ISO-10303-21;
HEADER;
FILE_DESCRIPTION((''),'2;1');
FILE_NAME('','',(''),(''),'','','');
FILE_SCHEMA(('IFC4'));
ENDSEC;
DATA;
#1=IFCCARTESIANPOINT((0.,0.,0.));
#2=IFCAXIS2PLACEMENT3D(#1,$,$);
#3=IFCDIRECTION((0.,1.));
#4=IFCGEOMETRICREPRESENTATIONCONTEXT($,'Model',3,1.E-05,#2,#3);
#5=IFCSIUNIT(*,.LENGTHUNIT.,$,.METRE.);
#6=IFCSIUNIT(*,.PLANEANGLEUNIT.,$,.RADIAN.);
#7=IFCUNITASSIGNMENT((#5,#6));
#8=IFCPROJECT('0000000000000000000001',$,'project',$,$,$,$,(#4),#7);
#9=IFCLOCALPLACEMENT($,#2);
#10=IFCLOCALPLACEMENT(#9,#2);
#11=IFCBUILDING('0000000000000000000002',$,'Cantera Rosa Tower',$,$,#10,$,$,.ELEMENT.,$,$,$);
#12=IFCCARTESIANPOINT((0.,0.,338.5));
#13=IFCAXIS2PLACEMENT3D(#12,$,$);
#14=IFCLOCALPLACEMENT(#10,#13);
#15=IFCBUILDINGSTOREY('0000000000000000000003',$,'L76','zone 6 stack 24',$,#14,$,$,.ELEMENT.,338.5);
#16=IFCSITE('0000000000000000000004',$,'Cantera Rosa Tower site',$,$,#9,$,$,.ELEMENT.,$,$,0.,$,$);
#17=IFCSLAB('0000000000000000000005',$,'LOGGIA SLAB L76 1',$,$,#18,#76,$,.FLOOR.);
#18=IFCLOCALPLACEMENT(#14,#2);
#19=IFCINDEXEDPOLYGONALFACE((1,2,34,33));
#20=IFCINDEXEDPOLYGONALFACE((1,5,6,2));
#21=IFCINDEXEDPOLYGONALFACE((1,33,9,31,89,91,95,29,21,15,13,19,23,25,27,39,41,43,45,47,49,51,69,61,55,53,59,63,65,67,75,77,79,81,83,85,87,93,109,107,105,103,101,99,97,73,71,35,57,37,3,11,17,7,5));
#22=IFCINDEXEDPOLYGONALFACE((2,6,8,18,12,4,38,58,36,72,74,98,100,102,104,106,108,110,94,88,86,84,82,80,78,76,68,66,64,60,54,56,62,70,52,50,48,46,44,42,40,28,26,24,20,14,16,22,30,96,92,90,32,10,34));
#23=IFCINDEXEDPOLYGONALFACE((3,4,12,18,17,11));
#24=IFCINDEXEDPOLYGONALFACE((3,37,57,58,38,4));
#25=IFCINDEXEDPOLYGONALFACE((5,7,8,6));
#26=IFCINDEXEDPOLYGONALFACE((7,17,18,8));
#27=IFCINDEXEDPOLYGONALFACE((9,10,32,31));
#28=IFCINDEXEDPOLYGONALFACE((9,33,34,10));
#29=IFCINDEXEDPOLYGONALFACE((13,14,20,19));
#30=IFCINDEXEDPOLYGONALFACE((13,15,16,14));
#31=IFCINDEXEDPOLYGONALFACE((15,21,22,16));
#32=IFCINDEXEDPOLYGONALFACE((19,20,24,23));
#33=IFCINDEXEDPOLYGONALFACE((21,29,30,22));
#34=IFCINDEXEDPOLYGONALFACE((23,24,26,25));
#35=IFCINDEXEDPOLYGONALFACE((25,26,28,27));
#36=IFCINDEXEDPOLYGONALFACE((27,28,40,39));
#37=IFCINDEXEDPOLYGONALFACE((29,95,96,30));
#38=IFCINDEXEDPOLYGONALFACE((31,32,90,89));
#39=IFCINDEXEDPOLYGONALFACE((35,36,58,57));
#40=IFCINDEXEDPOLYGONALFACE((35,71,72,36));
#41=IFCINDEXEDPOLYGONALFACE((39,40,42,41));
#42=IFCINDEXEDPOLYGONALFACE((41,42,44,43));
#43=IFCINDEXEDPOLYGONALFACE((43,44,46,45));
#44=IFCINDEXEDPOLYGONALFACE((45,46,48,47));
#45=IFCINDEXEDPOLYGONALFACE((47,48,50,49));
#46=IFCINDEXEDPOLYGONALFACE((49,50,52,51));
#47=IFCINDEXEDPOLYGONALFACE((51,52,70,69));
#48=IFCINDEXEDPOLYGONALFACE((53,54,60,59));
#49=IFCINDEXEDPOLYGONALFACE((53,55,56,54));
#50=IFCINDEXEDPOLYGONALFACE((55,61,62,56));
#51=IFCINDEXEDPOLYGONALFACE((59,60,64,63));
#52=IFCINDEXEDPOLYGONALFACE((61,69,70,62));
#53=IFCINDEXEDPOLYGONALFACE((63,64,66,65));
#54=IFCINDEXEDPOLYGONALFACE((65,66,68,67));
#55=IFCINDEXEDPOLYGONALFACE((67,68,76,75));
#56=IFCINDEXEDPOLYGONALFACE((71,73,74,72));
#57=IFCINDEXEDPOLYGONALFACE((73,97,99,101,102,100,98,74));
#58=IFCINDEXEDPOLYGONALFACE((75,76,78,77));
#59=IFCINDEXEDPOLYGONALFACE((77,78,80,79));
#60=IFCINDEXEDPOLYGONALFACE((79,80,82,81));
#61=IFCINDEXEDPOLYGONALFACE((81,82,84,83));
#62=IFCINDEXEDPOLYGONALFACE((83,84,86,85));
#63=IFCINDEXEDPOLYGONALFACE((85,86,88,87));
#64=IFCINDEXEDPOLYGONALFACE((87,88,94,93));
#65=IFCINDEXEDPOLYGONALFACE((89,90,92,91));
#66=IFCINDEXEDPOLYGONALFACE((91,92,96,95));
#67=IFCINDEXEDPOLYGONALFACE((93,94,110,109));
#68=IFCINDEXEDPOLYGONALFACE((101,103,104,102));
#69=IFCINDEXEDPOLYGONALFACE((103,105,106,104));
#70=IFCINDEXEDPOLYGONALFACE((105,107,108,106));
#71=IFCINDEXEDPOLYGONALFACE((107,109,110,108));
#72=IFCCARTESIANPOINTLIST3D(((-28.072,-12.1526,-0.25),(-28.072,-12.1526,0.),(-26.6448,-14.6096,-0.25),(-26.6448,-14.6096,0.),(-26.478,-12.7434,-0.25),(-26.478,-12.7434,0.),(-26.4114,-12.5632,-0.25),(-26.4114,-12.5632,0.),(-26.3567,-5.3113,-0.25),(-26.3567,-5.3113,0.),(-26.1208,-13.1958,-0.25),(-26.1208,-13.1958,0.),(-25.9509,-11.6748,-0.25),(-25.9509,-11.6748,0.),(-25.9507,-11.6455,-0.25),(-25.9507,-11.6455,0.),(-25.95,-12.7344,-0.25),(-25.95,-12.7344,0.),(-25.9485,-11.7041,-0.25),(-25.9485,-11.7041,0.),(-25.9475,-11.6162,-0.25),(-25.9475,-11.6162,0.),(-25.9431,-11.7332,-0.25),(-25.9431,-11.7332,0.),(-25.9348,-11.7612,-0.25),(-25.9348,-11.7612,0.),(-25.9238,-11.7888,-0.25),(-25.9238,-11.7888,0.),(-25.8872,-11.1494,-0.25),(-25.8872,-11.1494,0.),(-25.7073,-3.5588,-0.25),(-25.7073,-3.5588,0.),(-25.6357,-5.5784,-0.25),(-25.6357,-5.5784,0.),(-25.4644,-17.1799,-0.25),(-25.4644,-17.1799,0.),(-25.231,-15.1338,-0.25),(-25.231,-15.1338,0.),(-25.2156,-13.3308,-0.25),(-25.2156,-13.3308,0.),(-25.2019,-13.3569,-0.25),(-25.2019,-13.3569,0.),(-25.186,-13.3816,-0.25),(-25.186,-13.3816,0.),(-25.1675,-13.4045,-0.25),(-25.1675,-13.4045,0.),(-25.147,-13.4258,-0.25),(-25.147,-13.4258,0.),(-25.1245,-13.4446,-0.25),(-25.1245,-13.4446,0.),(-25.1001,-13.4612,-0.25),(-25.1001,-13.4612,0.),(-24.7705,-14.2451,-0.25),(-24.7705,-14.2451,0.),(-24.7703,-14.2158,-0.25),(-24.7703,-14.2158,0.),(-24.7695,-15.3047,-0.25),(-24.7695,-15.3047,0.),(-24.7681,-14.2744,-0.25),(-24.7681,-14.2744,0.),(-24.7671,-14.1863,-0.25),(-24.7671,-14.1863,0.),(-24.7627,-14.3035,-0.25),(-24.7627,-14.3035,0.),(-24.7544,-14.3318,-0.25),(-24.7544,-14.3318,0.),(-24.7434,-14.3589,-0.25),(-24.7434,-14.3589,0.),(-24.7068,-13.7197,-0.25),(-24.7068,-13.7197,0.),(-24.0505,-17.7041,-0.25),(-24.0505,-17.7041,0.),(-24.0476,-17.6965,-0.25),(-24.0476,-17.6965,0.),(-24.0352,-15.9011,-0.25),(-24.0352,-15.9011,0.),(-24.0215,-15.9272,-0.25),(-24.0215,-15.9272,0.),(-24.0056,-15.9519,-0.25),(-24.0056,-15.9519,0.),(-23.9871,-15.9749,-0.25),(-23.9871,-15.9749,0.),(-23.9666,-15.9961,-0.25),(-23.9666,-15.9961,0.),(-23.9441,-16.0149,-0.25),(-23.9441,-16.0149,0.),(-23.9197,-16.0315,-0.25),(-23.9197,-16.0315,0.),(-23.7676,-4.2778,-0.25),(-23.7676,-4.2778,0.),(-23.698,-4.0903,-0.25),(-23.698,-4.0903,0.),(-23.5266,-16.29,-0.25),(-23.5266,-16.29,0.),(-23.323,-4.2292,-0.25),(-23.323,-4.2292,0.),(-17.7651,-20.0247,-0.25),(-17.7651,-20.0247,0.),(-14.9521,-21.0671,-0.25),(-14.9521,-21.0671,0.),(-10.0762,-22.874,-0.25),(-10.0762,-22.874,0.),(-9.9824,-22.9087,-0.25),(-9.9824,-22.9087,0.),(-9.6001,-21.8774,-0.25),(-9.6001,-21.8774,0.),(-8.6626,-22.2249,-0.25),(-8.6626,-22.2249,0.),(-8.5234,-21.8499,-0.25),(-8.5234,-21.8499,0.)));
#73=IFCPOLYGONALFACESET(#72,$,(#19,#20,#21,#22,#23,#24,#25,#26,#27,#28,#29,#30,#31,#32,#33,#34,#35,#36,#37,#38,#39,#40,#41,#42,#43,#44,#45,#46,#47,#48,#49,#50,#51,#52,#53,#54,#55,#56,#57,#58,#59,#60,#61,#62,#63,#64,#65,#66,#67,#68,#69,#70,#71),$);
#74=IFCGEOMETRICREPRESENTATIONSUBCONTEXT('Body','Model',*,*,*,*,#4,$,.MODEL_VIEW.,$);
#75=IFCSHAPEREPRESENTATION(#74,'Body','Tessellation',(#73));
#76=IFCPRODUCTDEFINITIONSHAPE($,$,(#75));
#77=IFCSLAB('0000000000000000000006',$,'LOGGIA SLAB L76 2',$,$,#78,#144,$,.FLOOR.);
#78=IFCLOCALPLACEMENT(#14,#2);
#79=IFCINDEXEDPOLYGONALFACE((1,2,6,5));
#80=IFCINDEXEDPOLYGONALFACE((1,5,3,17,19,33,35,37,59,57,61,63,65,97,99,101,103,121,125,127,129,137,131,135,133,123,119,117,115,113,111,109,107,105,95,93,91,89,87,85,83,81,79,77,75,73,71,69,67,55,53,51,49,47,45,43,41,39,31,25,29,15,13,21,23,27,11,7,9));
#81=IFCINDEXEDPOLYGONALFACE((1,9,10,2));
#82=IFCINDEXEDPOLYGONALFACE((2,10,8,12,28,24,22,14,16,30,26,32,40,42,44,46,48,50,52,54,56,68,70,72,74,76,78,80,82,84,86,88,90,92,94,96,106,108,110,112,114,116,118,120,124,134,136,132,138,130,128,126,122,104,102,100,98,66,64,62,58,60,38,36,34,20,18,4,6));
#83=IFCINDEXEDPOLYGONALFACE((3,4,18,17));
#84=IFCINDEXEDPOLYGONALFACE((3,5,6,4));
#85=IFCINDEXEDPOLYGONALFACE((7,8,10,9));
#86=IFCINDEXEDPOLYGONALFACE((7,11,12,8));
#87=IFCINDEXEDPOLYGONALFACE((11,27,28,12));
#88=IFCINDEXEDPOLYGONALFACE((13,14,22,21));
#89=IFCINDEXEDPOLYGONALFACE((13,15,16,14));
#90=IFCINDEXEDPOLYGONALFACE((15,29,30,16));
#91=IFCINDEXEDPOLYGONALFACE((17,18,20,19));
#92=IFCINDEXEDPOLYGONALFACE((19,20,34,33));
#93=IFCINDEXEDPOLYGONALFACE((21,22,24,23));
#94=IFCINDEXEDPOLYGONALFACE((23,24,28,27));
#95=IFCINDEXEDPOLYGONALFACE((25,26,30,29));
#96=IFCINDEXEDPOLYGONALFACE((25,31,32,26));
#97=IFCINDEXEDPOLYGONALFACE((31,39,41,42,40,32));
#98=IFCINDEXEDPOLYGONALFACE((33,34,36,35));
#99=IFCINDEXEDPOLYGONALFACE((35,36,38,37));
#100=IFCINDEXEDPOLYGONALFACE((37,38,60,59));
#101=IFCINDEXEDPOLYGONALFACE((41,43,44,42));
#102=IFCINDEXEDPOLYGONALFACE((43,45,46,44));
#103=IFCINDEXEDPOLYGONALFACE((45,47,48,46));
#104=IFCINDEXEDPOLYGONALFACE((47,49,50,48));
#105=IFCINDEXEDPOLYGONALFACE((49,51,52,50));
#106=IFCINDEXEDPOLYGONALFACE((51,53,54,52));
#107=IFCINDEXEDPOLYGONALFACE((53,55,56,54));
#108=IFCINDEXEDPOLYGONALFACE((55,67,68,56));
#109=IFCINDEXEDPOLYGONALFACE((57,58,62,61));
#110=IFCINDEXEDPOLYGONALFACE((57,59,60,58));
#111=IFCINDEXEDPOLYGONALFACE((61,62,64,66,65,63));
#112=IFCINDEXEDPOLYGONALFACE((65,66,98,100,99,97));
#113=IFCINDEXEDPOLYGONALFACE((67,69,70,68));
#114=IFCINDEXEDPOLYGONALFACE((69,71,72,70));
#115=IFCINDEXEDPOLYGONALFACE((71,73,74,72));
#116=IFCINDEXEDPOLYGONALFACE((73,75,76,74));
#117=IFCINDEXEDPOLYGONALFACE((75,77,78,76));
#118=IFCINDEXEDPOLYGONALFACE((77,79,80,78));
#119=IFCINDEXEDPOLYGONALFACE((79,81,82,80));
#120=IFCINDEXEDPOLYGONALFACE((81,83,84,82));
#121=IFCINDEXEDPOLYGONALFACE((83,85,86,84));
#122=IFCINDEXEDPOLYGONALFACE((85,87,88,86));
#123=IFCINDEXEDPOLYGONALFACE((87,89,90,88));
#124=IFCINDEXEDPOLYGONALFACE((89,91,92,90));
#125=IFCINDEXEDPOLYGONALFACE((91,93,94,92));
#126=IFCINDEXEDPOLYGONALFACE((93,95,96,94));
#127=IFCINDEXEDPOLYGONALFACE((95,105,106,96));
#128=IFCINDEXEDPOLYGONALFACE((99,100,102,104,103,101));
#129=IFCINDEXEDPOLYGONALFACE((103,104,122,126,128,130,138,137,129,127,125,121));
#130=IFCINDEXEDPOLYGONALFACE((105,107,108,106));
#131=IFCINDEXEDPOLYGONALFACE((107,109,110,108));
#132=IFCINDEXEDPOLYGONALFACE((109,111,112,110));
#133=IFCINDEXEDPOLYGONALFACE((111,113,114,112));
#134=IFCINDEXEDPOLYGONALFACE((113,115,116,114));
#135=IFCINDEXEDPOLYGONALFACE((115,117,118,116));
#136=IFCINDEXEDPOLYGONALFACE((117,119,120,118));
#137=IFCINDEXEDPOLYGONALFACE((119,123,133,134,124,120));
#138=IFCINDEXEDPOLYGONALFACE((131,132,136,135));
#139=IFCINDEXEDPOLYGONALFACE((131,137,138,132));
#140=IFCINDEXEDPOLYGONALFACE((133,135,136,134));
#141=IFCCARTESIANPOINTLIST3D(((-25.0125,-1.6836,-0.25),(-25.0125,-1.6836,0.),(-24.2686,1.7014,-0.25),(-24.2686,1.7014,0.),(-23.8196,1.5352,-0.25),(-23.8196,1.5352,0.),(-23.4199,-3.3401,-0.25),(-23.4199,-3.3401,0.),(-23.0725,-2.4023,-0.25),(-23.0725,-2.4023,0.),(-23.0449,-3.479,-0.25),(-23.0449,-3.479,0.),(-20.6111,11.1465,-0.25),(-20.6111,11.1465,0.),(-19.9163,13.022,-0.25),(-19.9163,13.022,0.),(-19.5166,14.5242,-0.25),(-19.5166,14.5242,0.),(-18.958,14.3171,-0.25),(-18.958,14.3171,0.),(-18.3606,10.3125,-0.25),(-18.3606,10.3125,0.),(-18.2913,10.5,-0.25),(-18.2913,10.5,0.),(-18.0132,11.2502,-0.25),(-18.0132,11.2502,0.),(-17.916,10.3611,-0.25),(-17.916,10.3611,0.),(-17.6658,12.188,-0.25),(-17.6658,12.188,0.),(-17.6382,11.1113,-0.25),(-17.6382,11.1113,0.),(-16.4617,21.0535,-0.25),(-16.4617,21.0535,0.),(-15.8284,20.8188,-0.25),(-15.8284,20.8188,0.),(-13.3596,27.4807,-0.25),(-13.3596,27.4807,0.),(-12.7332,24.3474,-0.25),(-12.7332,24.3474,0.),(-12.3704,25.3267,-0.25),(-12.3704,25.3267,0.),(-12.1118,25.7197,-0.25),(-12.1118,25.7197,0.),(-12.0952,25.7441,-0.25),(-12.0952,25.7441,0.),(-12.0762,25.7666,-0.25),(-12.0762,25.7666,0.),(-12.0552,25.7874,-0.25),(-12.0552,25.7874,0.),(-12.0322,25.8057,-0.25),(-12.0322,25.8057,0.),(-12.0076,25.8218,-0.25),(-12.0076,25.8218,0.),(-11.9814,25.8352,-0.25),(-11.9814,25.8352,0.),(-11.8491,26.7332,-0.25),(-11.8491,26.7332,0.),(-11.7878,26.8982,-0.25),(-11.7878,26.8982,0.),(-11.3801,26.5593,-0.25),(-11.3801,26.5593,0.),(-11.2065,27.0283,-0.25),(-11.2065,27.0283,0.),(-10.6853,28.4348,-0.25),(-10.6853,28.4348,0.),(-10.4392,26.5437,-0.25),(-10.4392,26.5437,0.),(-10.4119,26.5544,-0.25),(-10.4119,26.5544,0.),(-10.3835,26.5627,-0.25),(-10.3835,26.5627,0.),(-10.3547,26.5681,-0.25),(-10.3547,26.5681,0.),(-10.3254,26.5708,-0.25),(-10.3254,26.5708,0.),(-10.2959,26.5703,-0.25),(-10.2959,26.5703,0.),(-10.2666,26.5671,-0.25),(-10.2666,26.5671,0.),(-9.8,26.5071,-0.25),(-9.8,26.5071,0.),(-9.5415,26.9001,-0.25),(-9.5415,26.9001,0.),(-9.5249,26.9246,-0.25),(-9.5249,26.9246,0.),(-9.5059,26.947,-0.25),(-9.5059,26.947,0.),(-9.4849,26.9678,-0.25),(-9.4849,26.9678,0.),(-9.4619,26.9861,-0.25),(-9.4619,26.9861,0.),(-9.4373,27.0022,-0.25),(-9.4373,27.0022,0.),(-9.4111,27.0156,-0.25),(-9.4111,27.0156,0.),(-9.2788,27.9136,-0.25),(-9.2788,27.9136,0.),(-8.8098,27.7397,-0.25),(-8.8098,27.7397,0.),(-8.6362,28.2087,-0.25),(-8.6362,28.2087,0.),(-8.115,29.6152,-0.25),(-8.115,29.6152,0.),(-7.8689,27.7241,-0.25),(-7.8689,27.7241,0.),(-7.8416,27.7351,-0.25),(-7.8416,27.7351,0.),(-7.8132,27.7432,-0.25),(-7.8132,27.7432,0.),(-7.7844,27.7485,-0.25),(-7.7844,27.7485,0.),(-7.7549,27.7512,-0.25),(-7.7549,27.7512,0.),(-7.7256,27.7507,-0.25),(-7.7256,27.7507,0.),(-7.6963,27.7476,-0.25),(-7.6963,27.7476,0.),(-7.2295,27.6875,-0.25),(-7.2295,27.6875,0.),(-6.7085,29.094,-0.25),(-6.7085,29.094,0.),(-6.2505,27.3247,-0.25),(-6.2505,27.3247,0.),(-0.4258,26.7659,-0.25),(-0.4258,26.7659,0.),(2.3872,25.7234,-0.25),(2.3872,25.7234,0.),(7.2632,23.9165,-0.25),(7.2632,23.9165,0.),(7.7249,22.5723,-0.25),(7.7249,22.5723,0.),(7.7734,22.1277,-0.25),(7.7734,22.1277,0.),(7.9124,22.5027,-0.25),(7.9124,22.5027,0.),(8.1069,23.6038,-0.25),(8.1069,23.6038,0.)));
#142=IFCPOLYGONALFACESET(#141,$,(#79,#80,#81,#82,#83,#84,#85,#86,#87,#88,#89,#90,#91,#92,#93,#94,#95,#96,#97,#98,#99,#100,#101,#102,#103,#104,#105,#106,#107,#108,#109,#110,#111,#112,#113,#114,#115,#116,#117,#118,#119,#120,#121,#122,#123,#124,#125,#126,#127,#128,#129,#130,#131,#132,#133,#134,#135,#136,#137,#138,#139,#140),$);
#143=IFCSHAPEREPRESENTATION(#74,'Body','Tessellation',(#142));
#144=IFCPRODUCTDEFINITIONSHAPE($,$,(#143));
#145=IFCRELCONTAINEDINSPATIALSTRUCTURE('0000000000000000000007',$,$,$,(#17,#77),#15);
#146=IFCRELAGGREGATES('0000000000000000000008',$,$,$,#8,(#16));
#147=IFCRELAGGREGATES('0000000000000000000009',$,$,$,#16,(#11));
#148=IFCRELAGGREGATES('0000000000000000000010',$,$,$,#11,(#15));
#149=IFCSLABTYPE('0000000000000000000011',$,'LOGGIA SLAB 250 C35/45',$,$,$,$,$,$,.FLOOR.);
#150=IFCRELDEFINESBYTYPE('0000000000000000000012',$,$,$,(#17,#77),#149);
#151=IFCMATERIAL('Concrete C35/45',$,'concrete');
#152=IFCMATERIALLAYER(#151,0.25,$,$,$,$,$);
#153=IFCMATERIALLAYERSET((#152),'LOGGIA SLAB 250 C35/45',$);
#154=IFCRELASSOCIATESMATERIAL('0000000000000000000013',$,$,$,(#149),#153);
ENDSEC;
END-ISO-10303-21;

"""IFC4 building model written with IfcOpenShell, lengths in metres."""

from ifc_helpers import new_model, si_unit, direction, frame, origin, place, context, subcontext, project, spatial, polyline, outline, extrude, material, layer, layer_set, type_object, element, save


model = new_model("IFC4")

# Units and contexts
model_context = context("Model", 3, precision=1e-05, world=origin(), true_north=direction((0.0, 1.0)))
body_context = subcontext(model_context, "Body", "Model", "MODEL_VIEW")
ifc_project = project(units=[si_unit("LENGTHUNIT", "METRE"), si_unit("PLANEANGLEUNIT", "RADIAN")], contexts=[model_context])

# Site, building, storey
site_placement = place(None, origin())
site = spatial("IfcSite", under=ifc_project, at=site_placement, Name="Cantera Rosa Tower site", CompositionType="ELEMENT", RefElevation=0.0)
building_placement = place(site_placement, origin())
building = spatial("IfcBuilding", under=site, at=building_placement, Name="Cantera Rosa Tower", CompositionType="ELEMENT")
storey_placement = place(building_placement, frame((0.0, 0.0, 338.5)))
storey = spatial("IfcBuildingStorey", under=building, at=storey_placement, Name="L76", Description="zone 6 stack 24", CompositionType="ELEMENT", Elevation=338.5)

# Slabs
ifc_material_1 = material(Name="Concrete C35/45", Category="concrete")
ifc_layer_1 = layer(ifc_material_1, 0.25)
ifc_layer_set_1 = layer_set([ifc_layer_1], Name="LOGGIA SLAB 250 C35/45")
slab_type_1 = type_object("IfcSlabType", Name="LOGGIA SLAB 250 C35/45", PredefinedType="FLOOR", material=ifc_layer_set_1)
slab_1_placement = place(storey_placement, frame((0.0, 0.0, -0.25)))
element("IfcSlab", 1, at=slab_1_placement, inside=storey, type_object=slab_type_1, Name="LOGGIA SLAB L76 1", PredefinedType="FLOOR", context=body_context, shape_type="SweptSolid", body=[
    extrude(outline(polyline([(-24.0505, -17.7041), (-25.4644, -17.1799), (-24.7695, -15.3047), (-25.231, -15.1338), (-26.6448, -14.6096), (-26.1208, -13.1958), (-25.95, -12.7344), (-26.4114, -12.5632), (-26.478, -12.7434), (-28.072, -12.1526), (-25.6357, -5.5784), (-26.3567, -5.3113), (-25.7073, -3.5588), (-23.7676, -4.2778), (-23.698, -4.0903), (-23.323, -4.2292), (-25.8872, -11.1494), (-25.9475, -11.6162), (-25.9507, -11.6455), (-25.9509, -11.6748), (-25.9485, -11.7041), (-25.9431, -11.7332), (-25.9348, -11.7612), (-25.9238, -11.7888), (-25.2156, -13.3308), (-25.2019, -13.3569), (-25.186, -13.3816), (-25.1675, -13.4045), (-25.147, -13.4258), (-25.1245, -13.4446), (-25.1001, -13.4612), (-24.7068, -13.7197), (-24.7671, -14.1863), (-24.7703, -14.2158), (-24.7705, -14.2451), (-24.7681, -14.2744), (-24.7627, -14.3035), (-24.7544, -14.3318), (-24.7434, -14.3589), (-24.0352, -15.9011), (-24.0215, -15.9272), (-24.0056, -15.9519), (-23.9871, -15.9749), (-23.9666, -15.9961), (-23.9441, -16.0149), (-23.9197, -16.0315), (-23.5266, -16.29), (-8.5234, -21.8499), (-8.6626, -22.2249), (-9.6001, -21.8774), (-9.9824, -22.9087), (-10.0762, -22.874), (-14.9521, -21.0671), (-17.7651, -20.0247), (-24.0476, -17.6965), (-24.0505, -17.7041)])), origin(), (0.0, 0.0, 1.0), 0.25),
])
slab_2_placement = place(storey_placement, frame((0.0, 0.0, -0.25)))
element("IfcSlab", 2, at=slab_2_placement, inside=storey, type_object=slab_type_1, Name="LOGGIA SLAB L76 2", PredefinedType="FLOOR", context=body_context, shape_type="SweptSolid", body=[
    extrude(outline(polyline([(-15.8284, 20.8188), (-13.3596, 27.4807), (-11.7878, 26.8982), (-11.8491, 26.7332), (-11.3801, 26.5593), (-11.2065, 27.0283), (-10.6853, 28.4348), (-9.2788, 27.9136), (-8.8098, 27.7397), (-8.6362, 28.2087), (-8.115, 29.6152), (-6.7085, 29.094), (-0.4258, 26.7659), (2.3872, 25.7234), (7.2632, 23.9165), (8.1069, 23.6038), (7.7249, 22.5723), (7.9124, 22.5027), (7.7734, 22.1277), (-6.2505, 27.3247), (-7.2295, 27.6875), (-7.6963, 27.7476), (-7.7256, 27.7507), (-7.7549, 27.7512), (-7.7844, 27.7485), (-7.8132, 27.7432), (-7.8416, 27.7351), (-7.8689, 27.7241), (-9.4111, 27.0156), (-9.4373, 27.0022), (-9.4619, 26.9861), (-9.4849, 26.9678), (-9.5059, 26.947), (-9.5249, 26.9246), (-9.5415, 26.9001), (-9.8, 26.5071), (-10.2666, 26.5671), (-10.2959, 26.5703), (-10.3254, 26.5708), (-10.3547, 26.5681), (-10.3835, 26.5627), (-10.4119, 26.5544), (-10.4392, 26.5437), (-11.9814, 25.8352), (-12.0076, 25.8218), (-12.0322, 25.8057), (-12.0552, 25.7874), (-12.0762, 25.7666), (-12.0952, 25.7441), (-12.1118, 25.7197), (-12.3704, 25.3267), (-12.7332, 24.3474), (-17.6382, 11.1113), (-18.0132, 11.2502), (-17.6658, 12.188), (-19.9163, 13.022), (-20.6111, 11.1465), (-18.3606, 10.3125), (-18.2913, 10.5), (-17.916, 10.3611), (-23.0449, -3.479), (-23.4199, -3.3401), (-23.0725, -2.4023), (-25.0125, -1.6836), (-23.8196, 1.5352), (-24.2686, 1.7014), (-19.5166, 14.5242), (-18.958, 14.3171), (-16.4617, 21.0535), (-15.8284, 20.8188)])), origin(), (0.0, 0.0, 1.0), 0.25),
])

save(model, "model.ifc")
